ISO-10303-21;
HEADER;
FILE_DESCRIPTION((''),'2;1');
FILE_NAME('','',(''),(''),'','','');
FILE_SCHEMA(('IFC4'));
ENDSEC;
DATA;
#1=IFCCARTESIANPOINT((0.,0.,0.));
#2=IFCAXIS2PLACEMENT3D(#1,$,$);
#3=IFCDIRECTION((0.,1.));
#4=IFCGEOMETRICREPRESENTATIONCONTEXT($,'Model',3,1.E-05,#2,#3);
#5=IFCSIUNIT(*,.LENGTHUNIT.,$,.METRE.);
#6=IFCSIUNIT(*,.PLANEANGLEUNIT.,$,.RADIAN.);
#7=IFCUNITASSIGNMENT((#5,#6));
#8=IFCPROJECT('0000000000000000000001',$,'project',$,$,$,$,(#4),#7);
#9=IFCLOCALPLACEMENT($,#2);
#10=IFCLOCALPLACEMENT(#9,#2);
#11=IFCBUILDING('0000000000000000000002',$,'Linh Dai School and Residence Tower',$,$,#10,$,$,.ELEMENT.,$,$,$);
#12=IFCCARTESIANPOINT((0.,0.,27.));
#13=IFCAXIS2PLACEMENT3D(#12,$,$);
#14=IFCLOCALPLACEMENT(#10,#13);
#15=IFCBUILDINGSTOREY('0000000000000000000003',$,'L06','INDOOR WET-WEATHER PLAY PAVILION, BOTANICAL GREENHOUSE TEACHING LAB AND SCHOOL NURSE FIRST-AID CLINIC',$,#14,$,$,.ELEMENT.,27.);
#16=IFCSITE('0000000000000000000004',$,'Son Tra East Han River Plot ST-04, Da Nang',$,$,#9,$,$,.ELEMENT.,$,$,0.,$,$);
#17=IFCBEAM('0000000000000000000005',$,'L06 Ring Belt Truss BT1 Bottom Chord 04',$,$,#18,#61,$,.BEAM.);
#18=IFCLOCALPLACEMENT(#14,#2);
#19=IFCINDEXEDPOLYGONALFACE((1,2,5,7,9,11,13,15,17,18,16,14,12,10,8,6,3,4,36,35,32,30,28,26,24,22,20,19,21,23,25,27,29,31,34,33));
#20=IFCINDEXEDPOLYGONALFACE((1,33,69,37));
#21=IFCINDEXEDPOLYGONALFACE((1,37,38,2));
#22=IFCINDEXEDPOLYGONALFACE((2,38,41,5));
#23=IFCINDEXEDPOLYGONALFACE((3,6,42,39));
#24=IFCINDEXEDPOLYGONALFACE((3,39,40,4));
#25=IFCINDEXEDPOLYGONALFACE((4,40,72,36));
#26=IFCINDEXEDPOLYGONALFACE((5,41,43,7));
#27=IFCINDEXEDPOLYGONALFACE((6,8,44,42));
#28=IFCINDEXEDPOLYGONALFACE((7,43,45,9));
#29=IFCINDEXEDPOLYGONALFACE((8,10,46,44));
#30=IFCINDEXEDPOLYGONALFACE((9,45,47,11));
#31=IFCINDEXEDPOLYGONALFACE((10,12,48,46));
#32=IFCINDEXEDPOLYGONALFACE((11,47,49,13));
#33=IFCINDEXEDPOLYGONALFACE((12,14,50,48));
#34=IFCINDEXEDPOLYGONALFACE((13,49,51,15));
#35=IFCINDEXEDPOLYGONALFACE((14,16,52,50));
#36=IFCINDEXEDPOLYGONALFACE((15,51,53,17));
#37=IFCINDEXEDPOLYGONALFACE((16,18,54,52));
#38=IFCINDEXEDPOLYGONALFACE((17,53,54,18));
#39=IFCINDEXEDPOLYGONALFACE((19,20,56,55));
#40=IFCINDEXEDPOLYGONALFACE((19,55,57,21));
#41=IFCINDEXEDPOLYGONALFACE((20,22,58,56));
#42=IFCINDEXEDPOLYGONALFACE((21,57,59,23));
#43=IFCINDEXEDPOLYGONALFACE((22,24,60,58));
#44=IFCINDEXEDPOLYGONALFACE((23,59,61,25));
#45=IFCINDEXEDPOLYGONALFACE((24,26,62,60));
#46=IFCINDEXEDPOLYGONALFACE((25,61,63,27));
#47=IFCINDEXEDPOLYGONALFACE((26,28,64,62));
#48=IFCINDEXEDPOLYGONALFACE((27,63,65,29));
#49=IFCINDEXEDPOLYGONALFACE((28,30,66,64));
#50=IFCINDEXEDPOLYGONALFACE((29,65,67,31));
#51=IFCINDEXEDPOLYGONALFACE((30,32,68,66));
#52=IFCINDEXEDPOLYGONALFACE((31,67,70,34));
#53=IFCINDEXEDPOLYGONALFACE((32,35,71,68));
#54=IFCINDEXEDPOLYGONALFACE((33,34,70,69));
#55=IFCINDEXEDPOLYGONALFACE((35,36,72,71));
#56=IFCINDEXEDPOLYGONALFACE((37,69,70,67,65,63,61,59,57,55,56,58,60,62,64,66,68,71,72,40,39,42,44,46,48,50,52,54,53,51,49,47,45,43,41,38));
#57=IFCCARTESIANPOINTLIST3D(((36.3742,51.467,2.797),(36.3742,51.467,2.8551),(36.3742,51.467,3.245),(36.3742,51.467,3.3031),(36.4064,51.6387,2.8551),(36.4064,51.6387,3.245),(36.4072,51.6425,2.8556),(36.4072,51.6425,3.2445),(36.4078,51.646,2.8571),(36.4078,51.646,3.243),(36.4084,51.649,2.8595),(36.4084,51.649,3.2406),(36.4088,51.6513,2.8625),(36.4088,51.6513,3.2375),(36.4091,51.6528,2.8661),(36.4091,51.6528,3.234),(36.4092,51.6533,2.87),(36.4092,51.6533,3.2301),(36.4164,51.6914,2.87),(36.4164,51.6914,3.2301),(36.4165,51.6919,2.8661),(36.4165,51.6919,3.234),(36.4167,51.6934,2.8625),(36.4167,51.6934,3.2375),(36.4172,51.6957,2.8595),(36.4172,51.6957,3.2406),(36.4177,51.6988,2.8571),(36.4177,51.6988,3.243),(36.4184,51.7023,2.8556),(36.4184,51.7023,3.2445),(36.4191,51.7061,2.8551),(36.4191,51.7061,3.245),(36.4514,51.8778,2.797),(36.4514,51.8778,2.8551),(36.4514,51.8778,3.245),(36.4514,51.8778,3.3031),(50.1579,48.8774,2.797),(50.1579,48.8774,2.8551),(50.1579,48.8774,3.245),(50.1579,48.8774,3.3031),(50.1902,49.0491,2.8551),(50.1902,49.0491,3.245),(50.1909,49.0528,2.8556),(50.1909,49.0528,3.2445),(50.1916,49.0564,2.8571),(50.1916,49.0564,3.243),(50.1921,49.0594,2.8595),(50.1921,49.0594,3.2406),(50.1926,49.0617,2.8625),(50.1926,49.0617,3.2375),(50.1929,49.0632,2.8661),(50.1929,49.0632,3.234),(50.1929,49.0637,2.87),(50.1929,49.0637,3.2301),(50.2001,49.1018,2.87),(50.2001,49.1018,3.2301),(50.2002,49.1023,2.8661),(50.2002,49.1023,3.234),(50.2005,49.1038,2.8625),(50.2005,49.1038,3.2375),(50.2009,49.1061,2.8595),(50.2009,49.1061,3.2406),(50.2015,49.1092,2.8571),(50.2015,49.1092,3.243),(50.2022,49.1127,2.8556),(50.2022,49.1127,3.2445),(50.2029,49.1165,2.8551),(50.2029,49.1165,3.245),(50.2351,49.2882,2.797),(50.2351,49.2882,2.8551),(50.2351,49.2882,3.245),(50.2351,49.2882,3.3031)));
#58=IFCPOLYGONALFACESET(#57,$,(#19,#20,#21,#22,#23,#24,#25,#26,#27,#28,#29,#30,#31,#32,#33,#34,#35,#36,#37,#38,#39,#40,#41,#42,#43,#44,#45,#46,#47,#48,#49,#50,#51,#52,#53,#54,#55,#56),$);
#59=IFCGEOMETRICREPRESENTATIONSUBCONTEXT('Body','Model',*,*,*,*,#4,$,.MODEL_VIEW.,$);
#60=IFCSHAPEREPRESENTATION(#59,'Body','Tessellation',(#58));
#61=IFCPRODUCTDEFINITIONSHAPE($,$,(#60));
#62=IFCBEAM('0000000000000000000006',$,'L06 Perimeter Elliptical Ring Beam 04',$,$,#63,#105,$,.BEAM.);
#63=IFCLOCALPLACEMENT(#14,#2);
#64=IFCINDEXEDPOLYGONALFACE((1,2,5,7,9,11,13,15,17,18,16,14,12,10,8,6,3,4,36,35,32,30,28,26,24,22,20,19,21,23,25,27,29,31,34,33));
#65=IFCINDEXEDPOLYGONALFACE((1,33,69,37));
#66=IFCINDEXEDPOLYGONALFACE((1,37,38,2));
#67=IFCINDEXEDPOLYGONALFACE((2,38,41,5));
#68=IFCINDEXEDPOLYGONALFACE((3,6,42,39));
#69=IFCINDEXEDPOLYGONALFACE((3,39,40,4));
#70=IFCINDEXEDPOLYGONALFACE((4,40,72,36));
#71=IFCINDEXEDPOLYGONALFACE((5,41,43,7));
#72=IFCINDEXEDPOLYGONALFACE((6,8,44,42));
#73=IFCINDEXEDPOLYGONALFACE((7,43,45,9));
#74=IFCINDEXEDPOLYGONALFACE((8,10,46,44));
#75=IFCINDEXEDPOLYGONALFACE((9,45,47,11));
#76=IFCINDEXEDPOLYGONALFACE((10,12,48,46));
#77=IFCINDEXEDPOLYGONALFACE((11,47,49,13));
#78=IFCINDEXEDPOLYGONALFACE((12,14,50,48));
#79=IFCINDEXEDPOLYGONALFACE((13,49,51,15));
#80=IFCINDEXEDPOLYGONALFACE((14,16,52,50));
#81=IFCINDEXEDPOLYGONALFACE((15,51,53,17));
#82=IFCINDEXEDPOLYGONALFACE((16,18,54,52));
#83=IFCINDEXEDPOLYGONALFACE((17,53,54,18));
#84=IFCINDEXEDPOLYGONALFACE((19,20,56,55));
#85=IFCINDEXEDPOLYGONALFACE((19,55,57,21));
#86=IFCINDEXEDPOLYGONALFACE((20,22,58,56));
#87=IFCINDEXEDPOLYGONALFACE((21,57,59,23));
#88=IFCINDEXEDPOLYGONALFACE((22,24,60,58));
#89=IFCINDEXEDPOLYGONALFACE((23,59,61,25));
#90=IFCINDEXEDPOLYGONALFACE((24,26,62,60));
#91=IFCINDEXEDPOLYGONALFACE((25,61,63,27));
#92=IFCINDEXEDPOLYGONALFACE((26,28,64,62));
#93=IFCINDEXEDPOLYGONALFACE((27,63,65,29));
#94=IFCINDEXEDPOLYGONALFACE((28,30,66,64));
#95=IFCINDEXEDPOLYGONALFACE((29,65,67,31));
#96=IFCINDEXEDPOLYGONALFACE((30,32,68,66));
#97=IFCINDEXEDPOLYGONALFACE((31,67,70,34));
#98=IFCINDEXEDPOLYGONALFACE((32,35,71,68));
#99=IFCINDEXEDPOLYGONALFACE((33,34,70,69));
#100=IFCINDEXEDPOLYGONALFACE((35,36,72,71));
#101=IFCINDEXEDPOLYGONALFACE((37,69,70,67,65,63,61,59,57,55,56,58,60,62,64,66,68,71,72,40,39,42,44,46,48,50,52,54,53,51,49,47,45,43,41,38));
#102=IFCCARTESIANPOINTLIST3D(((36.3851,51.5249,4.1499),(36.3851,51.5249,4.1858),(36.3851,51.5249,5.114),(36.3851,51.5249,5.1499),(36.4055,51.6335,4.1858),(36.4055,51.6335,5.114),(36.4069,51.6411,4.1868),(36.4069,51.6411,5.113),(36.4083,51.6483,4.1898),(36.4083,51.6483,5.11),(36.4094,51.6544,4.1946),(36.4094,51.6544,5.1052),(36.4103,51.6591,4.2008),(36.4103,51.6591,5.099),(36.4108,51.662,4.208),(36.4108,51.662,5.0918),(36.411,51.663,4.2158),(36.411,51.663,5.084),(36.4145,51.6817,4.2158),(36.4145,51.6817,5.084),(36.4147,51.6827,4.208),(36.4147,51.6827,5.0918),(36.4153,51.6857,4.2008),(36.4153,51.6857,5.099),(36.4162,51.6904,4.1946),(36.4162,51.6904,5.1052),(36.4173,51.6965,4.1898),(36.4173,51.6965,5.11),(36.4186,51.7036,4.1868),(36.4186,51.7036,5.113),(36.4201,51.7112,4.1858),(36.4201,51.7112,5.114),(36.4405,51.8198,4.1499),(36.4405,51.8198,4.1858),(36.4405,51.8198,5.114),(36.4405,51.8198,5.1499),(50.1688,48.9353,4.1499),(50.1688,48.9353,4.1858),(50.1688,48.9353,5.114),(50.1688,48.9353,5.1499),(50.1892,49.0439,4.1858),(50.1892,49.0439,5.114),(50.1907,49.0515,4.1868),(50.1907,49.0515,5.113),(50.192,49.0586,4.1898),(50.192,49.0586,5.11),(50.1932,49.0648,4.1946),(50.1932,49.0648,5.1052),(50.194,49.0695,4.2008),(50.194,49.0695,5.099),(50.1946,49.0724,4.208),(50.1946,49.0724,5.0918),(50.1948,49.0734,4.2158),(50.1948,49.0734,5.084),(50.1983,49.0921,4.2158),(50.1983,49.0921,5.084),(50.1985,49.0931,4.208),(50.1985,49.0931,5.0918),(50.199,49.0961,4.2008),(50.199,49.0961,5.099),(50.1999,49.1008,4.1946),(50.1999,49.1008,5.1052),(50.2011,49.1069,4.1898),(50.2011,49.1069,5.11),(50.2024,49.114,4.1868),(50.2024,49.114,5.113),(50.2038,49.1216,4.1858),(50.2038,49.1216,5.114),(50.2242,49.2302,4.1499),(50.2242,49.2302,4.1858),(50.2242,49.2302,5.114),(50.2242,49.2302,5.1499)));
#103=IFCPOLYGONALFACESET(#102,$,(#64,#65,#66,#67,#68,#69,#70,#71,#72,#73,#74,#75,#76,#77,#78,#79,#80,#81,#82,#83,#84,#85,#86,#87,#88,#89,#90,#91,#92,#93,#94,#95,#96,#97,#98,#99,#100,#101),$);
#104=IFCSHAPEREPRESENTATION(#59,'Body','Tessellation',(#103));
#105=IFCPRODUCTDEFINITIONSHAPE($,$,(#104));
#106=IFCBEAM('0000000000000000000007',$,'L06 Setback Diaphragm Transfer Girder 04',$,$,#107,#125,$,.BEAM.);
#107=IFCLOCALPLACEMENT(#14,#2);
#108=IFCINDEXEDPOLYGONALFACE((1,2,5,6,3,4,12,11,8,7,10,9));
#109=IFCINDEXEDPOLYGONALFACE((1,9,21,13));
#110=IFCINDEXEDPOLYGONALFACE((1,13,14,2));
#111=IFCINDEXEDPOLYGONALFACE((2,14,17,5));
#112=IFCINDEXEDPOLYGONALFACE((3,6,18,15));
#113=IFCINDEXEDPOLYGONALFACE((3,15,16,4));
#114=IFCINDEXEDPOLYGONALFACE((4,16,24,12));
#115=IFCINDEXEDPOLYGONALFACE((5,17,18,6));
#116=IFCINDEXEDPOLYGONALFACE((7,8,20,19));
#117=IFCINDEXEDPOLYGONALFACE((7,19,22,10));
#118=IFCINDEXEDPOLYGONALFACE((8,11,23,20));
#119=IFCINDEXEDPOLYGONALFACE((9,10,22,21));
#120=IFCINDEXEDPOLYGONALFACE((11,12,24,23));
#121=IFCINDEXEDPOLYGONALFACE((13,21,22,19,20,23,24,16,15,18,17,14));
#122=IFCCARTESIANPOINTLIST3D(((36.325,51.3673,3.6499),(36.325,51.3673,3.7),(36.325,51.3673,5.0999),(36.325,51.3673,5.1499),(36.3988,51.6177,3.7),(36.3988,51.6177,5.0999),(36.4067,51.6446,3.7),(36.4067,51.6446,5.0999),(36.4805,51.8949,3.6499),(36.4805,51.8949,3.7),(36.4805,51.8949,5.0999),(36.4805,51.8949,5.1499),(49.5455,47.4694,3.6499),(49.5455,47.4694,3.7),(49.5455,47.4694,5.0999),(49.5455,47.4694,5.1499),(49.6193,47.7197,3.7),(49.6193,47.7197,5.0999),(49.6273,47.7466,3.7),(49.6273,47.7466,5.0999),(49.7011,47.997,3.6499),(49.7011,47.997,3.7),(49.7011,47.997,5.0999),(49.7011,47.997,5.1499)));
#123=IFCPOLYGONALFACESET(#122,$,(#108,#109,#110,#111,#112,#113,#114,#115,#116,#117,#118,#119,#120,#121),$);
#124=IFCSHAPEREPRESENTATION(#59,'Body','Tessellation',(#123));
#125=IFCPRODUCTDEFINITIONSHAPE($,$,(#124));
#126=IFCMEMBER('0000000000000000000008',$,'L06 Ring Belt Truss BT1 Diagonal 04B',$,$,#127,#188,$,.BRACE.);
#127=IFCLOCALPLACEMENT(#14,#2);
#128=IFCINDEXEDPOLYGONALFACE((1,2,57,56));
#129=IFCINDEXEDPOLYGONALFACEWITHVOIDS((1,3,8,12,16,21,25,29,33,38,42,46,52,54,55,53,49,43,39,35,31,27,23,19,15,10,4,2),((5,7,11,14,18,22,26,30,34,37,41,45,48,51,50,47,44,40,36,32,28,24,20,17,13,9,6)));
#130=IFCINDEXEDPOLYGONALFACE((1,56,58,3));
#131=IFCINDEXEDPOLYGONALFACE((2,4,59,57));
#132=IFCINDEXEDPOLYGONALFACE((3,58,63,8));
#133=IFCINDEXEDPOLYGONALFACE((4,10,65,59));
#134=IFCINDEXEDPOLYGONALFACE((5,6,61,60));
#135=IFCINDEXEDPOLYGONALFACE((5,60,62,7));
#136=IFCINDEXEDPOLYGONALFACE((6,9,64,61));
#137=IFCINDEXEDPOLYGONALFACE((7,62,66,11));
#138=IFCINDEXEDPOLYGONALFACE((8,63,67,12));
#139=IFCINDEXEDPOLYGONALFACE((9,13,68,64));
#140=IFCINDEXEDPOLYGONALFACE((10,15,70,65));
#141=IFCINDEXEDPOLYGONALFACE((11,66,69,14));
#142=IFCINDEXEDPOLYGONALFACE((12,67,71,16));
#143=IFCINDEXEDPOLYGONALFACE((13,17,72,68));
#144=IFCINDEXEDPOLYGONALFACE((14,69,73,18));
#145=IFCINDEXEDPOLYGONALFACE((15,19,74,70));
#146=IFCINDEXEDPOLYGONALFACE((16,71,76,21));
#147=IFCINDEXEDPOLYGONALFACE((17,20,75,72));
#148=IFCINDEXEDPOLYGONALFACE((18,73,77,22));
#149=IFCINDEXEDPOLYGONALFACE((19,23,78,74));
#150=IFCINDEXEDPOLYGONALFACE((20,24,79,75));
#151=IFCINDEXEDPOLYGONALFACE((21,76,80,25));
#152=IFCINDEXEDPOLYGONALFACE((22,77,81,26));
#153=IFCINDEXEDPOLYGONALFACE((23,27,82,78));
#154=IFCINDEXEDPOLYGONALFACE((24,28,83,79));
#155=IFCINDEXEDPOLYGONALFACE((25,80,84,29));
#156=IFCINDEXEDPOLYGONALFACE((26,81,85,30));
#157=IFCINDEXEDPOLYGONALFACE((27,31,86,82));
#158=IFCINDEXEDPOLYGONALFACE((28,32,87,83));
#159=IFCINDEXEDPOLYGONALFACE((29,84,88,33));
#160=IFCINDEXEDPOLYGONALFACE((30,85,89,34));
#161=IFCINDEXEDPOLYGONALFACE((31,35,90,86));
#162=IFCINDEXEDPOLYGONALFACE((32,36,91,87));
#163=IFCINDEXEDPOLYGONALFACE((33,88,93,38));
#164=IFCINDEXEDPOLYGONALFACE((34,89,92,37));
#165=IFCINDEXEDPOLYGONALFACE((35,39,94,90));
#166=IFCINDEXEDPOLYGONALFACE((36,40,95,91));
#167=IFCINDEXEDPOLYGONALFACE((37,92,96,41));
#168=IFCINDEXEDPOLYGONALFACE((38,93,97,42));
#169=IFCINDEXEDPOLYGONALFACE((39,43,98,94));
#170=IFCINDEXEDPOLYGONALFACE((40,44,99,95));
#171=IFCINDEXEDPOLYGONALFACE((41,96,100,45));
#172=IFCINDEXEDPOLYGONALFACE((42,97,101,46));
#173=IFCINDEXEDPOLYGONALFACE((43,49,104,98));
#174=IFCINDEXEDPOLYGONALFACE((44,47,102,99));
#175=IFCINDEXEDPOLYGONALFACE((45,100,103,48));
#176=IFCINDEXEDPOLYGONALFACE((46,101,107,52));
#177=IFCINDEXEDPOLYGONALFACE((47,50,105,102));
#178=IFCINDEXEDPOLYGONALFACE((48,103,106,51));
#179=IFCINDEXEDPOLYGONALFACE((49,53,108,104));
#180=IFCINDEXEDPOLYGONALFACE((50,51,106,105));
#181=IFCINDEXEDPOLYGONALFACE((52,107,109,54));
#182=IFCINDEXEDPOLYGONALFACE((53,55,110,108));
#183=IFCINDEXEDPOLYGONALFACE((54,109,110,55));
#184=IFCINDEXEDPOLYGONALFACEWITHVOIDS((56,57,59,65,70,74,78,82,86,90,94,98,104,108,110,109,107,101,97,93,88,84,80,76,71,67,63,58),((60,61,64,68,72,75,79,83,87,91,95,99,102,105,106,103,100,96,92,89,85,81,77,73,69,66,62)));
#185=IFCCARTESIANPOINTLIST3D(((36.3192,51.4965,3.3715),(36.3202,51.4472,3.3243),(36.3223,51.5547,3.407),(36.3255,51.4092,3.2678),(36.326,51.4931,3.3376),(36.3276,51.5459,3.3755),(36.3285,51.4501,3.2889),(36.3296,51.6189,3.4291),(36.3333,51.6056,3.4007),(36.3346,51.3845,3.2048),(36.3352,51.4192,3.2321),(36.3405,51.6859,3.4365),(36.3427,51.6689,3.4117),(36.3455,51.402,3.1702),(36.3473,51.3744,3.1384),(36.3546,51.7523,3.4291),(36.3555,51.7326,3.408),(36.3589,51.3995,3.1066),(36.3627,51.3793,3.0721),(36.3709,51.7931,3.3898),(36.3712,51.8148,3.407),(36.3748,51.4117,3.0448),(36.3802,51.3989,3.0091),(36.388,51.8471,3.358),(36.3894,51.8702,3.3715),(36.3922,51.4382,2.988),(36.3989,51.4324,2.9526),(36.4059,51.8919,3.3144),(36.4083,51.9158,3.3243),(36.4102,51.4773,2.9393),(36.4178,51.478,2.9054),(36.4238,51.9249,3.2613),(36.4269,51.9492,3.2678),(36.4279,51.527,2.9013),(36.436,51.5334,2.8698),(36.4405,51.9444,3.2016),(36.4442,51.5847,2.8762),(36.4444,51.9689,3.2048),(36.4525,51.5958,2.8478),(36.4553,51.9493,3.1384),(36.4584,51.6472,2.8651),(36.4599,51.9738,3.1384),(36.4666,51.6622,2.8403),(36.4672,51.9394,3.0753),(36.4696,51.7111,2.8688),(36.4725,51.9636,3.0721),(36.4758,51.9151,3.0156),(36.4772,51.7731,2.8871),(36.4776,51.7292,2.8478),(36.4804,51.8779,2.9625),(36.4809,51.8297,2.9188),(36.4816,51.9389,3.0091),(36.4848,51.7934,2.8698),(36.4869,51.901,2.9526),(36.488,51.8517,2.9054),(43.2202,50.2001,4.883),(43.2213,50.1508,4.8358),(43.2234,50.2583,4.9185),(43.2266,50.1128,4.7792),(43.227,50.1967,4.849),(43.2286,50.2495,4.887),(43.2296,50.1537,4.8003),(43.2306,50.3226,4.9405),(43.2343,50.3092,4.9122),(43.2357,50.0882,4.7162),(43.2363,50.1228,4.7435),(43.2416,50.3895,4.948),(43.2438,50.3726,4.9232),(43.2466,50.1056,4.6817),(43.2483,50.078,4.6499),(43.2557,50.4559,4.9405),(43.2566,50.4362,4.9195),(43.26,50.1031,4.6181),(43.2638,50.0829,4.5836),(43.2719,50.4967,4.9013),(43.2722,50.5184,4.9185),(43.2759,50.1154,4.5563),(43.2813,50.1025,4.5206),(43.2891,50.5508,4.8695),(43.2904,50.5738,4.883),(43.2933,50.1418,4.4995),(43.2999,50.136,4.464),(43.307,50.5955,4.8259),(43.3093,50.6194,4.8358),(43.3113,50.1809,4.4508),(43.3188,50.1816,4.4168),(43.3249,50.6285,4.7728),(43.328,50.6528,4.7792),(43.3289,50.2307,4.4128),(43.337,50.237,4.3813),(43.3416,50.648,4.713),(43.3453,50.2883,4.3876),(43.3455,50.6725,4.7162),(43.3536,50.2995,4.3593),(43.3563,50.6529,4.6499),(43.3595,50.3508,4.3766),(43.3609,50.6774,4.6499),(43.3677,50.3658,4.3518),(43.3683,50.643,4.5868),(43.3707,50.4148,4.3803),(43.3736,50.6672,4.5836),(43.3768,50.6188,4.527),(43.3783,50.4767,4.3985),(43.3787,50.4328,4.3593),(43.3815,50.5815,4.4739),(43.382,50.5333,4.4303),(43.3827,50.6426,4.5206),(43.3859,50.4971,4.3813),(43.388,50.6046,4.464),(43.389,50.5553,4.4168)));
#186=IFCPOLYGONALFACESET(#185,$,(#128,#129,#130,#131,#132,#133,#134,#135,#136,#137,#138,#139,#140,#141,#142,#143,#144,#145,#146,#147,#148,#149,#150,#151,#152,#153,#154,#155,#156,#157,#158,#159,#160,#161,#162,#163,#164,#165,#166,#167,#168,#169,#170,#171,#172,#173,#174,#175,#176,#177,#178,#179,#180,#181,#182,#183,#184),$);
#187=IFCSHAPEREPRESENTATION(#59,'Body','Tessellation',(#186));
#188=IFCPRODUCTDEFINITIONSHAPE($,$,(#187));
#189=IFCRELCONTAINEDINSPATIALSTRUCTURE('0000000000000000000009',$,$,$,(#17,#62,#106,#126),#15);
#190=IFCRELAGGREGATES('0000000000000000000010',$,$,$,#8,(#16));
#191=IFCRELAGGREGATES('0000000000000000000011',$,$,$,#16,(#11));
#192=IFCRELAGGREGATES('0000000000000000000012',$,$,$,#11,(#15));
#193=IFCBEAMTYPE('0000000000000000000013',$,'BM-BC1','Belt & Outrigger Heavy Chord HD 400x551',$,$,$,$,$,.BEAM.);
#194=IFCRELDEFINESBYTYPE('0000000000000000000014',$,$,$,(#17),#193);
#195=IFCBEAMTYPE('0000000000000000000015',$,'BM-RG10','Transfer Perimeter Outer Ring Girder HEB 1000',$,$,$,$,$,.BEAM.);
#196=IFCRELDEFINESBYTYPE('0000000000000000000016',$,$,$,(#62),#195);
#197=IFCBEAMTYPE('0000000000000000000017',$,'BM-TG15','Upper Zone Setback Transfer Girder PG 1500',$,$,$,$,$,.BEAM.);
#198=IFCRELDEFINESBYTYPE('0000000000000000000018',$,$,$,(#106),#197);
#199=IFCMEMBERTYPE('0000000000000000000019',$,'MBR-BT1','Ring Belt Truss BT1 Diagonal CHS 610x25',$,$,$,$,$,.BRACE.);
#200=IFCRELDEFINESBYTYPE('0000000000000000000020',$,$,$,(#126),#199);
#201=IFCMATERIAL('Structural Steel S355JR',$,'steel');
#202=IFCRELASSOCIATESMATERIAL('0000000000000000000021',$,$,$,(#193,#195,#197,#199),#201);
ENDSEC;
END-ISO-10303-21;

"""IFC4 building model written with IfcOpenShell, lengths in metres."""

from ifc_helpers import new_model, si_unit, direction, frame, origin, origin_2d, place, context, subcontext, project, spatial, hollow_circle, i_section, extrude, material, material_profile, profile_set, type_object, element, save


model = new_model("IFC4")

# Units and contexts
model_context = context("Model", 3, precision=1e-05, world=origin(), true_north=direction((0.0, 1.0)))
body_context = subcontext(model_context, "Body", "Model", "MODEL_VIEW")
ifc_project = project(units=[si_unit("LENGTHUNIT", "METRE"), si_unit("PLANEANGLEUNIT", "RADIAN")], contexts=[model_context])

# Site, building, storey
site_placement = place(None, origin())
site = spatial("IfcSite", under=ifc_project, at=site_placement, Name="Son Tra East Han River Plot ST-04, Da Nang", CompositionType="ELEMENT", RefElevation=0.0)
building_placement = place(site_placement, origin())
building = spatial("IfcBuilding", under=site, at=building_placement, Name="Linh Dai School and Residence Tower", CompositionType="ELEMENT")
storey_placement = place(building_placement, frame((0.0, 0.0, 27.0)))
storey = spatial("IfcBuildingStorey", under=building, at=storey_placement, Name="L06", Description="INDOOR WET-WEATHER PLAY PAVILION, BOTANICAL GREENHOUSE TEACHING LAB AND SCHOOL NURSE FIRST-AID CLINIC", CompositionType="ELEMENT", Elevation=27.0)

# Beams
ifc_material_1 = material(Name="Structural Steel S355JR", Category="steel")
ifc_material_profile_1 = material_profile(ifc_material_1, i_section(OverallWidth=0.418, OverallDepth=0.5061, WebThickness=0.0388, FlangeThickness=0.0581, FilletRadius=0.0149, at=origin_2d()), Name="HD 400x551")
ifc_profile_set_1 = profile_set([ifc_material_profile_1], Name="Structural Steel S355JR")
beam_type_1 = type_object("IfcBeamType", Name="BM-BC1", Description="Belt & Outrigger Heavy Chord HD 400x551", PredefinedType="BEAM", material=ifc_profile_set_1)
beam_1_placement = place(storey_placement, frame((50.1965, 49.0828, 3.05), z_axis=(-0.982806, 0.184644, 0.0), x_axis=(-0.184644, -0.982806, 0.0)))
element("IfcBeam", 1, at=beam_1_placement, inside=storey, type_object=beam_type_1, Name="L06 Ring Belt Truss BT1 Bottom Chord 04", PredefinedType="BEAM", context=body_context, shape_type="SweptSolid", body=[
    extrude(i_section(OverallWidth=0.418, OverallDepth=0.5061, WebThickness=0.0388, FlangeThickness=0.0581, FilletRadius=0.0149, at=origin_2d()), origin(), (0.0, 0.0, 1.0), 14.0249),
])
ifc_material_profile_2 = material_profile(ifc_material_1, i_section(OverallWidth=0.3, OverallDepth=1.0, WebThickness=0.019, FlangeThickness=0.0359, FilletRadius=0.03, at=origin_2d()), Name="HEB 1000")
ifc_profile_set_2 = profile_set([ifc_material_profile_2], Name="Structural Steel S355JR")
beam_type_2 = type_object("IfcBeamType", Name="BM-RG10", Description="Transfer Perimeter Outer Ring Girder HEB 1000", PredefinedType="BEAM", material=ifc_profile_set_2)
beam_2_placement = place(storey_placement, frame((50.1965, 49.0828, 4.6499), z_axis=(-0.982806, 0.184644, 0.0), x_axis=(-0.184644, -0.982806, 0.0)))
element("IfcBeam", 2, at=beam_2_placement, inside=storey, type_object=beam_type_2, Name="L06 Perimeter Elliptical Ring Beam 04", PredefinedType="BEAM", context=body_context, shape_type="SweptSolid", body=[
    extrude(i_section(OverallWidth=0.3, OverallDepth=1.0, WebThickness=0.019, FlangeThickness=0.0359, FilletRadius=0.03, at=origin_2d()), origin(), (0.0, 0.0, 1.0), 14.0249),
])
ifc_material_profile_3 = material_profile(ifc_material_1, i_section(OverallWidth=0.55, OverallDepth=1.5, WebThickness=0.0281, FlangeThickness=0.05, at=origin_2d()), Name="PG 1500x550x28x50")
ifc_profile_set_3 = profile_set([ifc_material_profile_3], Name="Structural Steel S355JR")
beam_type_3 = type_object("IfcBeamType", Name="BM-TG15", Description="Upper Zone Setback Transfer Girder PG 1500", PredefinedType="BEAM", material=ifc_profile_set_3)
beam_3_placement = place(storey_placement, frame((49.6233, 47.7332, 4.3999), z_axis=(-0.959177, 0.282806, 0.0), x_axis=(-0.282806, -0.959177, 0.0)))
element("IfcBeam", 3, at=beam_3_placement, inside=storey, type_object=beam_type_3, Name="L06 Setback Diaphragm Transfer Girder 04", PredefinedType="BEAM", context=body_context, shape_type="SweptSolid", body=[
    extrude(i_section(OverallWidth=0.55, OverallDepth=1.5, WebThickness=0.0281, FlangeThickness=0.05, at=origin_2d()), origin(), (0.0, 0.0, 1.0), 13.7832),
])

# Member
ifc_material_profile_4 = material_profile(ifc_material_1, hollow_circle(Radius=0.3049, WallThickness=0.0249, at=origin_2d()), Name="CHS 610x25")
ifc_profile_set_4 = profile_set([ifc_material_profile_4], Name="Structural Steel S355JR")
member_type = type_object("IfcMemberType", Name="MBR-BT1", Description="Ring Belt Truss BT1 Diagonal CHS 610x25", PredefinedType="BRACE", material=ifc_profile_set_4)
member_placement = place(storey_placement, frame((36.4036, 51.6741, 3.1384), z_axis=(0.960803, -0.180488, 0.210434), x_axis=(0.184622, 0.98281, 0.0)))
element("IfcMember", 4, at=member_placement, inside=storey, type_object=member_type, Name="L06 Ring Belt Truss BT1 Diagonal 04B", PredefinedType="BRACE", context=body_context, shape_type="SweptSolid", body=[
    extrude(hollow_circle(Radius=0.3049, WallThickness=0.0249, at=origin_2d()), origin(), (0.0, 0.0, 1.0), 7.1826),
])

save(model, "model.ifc")
